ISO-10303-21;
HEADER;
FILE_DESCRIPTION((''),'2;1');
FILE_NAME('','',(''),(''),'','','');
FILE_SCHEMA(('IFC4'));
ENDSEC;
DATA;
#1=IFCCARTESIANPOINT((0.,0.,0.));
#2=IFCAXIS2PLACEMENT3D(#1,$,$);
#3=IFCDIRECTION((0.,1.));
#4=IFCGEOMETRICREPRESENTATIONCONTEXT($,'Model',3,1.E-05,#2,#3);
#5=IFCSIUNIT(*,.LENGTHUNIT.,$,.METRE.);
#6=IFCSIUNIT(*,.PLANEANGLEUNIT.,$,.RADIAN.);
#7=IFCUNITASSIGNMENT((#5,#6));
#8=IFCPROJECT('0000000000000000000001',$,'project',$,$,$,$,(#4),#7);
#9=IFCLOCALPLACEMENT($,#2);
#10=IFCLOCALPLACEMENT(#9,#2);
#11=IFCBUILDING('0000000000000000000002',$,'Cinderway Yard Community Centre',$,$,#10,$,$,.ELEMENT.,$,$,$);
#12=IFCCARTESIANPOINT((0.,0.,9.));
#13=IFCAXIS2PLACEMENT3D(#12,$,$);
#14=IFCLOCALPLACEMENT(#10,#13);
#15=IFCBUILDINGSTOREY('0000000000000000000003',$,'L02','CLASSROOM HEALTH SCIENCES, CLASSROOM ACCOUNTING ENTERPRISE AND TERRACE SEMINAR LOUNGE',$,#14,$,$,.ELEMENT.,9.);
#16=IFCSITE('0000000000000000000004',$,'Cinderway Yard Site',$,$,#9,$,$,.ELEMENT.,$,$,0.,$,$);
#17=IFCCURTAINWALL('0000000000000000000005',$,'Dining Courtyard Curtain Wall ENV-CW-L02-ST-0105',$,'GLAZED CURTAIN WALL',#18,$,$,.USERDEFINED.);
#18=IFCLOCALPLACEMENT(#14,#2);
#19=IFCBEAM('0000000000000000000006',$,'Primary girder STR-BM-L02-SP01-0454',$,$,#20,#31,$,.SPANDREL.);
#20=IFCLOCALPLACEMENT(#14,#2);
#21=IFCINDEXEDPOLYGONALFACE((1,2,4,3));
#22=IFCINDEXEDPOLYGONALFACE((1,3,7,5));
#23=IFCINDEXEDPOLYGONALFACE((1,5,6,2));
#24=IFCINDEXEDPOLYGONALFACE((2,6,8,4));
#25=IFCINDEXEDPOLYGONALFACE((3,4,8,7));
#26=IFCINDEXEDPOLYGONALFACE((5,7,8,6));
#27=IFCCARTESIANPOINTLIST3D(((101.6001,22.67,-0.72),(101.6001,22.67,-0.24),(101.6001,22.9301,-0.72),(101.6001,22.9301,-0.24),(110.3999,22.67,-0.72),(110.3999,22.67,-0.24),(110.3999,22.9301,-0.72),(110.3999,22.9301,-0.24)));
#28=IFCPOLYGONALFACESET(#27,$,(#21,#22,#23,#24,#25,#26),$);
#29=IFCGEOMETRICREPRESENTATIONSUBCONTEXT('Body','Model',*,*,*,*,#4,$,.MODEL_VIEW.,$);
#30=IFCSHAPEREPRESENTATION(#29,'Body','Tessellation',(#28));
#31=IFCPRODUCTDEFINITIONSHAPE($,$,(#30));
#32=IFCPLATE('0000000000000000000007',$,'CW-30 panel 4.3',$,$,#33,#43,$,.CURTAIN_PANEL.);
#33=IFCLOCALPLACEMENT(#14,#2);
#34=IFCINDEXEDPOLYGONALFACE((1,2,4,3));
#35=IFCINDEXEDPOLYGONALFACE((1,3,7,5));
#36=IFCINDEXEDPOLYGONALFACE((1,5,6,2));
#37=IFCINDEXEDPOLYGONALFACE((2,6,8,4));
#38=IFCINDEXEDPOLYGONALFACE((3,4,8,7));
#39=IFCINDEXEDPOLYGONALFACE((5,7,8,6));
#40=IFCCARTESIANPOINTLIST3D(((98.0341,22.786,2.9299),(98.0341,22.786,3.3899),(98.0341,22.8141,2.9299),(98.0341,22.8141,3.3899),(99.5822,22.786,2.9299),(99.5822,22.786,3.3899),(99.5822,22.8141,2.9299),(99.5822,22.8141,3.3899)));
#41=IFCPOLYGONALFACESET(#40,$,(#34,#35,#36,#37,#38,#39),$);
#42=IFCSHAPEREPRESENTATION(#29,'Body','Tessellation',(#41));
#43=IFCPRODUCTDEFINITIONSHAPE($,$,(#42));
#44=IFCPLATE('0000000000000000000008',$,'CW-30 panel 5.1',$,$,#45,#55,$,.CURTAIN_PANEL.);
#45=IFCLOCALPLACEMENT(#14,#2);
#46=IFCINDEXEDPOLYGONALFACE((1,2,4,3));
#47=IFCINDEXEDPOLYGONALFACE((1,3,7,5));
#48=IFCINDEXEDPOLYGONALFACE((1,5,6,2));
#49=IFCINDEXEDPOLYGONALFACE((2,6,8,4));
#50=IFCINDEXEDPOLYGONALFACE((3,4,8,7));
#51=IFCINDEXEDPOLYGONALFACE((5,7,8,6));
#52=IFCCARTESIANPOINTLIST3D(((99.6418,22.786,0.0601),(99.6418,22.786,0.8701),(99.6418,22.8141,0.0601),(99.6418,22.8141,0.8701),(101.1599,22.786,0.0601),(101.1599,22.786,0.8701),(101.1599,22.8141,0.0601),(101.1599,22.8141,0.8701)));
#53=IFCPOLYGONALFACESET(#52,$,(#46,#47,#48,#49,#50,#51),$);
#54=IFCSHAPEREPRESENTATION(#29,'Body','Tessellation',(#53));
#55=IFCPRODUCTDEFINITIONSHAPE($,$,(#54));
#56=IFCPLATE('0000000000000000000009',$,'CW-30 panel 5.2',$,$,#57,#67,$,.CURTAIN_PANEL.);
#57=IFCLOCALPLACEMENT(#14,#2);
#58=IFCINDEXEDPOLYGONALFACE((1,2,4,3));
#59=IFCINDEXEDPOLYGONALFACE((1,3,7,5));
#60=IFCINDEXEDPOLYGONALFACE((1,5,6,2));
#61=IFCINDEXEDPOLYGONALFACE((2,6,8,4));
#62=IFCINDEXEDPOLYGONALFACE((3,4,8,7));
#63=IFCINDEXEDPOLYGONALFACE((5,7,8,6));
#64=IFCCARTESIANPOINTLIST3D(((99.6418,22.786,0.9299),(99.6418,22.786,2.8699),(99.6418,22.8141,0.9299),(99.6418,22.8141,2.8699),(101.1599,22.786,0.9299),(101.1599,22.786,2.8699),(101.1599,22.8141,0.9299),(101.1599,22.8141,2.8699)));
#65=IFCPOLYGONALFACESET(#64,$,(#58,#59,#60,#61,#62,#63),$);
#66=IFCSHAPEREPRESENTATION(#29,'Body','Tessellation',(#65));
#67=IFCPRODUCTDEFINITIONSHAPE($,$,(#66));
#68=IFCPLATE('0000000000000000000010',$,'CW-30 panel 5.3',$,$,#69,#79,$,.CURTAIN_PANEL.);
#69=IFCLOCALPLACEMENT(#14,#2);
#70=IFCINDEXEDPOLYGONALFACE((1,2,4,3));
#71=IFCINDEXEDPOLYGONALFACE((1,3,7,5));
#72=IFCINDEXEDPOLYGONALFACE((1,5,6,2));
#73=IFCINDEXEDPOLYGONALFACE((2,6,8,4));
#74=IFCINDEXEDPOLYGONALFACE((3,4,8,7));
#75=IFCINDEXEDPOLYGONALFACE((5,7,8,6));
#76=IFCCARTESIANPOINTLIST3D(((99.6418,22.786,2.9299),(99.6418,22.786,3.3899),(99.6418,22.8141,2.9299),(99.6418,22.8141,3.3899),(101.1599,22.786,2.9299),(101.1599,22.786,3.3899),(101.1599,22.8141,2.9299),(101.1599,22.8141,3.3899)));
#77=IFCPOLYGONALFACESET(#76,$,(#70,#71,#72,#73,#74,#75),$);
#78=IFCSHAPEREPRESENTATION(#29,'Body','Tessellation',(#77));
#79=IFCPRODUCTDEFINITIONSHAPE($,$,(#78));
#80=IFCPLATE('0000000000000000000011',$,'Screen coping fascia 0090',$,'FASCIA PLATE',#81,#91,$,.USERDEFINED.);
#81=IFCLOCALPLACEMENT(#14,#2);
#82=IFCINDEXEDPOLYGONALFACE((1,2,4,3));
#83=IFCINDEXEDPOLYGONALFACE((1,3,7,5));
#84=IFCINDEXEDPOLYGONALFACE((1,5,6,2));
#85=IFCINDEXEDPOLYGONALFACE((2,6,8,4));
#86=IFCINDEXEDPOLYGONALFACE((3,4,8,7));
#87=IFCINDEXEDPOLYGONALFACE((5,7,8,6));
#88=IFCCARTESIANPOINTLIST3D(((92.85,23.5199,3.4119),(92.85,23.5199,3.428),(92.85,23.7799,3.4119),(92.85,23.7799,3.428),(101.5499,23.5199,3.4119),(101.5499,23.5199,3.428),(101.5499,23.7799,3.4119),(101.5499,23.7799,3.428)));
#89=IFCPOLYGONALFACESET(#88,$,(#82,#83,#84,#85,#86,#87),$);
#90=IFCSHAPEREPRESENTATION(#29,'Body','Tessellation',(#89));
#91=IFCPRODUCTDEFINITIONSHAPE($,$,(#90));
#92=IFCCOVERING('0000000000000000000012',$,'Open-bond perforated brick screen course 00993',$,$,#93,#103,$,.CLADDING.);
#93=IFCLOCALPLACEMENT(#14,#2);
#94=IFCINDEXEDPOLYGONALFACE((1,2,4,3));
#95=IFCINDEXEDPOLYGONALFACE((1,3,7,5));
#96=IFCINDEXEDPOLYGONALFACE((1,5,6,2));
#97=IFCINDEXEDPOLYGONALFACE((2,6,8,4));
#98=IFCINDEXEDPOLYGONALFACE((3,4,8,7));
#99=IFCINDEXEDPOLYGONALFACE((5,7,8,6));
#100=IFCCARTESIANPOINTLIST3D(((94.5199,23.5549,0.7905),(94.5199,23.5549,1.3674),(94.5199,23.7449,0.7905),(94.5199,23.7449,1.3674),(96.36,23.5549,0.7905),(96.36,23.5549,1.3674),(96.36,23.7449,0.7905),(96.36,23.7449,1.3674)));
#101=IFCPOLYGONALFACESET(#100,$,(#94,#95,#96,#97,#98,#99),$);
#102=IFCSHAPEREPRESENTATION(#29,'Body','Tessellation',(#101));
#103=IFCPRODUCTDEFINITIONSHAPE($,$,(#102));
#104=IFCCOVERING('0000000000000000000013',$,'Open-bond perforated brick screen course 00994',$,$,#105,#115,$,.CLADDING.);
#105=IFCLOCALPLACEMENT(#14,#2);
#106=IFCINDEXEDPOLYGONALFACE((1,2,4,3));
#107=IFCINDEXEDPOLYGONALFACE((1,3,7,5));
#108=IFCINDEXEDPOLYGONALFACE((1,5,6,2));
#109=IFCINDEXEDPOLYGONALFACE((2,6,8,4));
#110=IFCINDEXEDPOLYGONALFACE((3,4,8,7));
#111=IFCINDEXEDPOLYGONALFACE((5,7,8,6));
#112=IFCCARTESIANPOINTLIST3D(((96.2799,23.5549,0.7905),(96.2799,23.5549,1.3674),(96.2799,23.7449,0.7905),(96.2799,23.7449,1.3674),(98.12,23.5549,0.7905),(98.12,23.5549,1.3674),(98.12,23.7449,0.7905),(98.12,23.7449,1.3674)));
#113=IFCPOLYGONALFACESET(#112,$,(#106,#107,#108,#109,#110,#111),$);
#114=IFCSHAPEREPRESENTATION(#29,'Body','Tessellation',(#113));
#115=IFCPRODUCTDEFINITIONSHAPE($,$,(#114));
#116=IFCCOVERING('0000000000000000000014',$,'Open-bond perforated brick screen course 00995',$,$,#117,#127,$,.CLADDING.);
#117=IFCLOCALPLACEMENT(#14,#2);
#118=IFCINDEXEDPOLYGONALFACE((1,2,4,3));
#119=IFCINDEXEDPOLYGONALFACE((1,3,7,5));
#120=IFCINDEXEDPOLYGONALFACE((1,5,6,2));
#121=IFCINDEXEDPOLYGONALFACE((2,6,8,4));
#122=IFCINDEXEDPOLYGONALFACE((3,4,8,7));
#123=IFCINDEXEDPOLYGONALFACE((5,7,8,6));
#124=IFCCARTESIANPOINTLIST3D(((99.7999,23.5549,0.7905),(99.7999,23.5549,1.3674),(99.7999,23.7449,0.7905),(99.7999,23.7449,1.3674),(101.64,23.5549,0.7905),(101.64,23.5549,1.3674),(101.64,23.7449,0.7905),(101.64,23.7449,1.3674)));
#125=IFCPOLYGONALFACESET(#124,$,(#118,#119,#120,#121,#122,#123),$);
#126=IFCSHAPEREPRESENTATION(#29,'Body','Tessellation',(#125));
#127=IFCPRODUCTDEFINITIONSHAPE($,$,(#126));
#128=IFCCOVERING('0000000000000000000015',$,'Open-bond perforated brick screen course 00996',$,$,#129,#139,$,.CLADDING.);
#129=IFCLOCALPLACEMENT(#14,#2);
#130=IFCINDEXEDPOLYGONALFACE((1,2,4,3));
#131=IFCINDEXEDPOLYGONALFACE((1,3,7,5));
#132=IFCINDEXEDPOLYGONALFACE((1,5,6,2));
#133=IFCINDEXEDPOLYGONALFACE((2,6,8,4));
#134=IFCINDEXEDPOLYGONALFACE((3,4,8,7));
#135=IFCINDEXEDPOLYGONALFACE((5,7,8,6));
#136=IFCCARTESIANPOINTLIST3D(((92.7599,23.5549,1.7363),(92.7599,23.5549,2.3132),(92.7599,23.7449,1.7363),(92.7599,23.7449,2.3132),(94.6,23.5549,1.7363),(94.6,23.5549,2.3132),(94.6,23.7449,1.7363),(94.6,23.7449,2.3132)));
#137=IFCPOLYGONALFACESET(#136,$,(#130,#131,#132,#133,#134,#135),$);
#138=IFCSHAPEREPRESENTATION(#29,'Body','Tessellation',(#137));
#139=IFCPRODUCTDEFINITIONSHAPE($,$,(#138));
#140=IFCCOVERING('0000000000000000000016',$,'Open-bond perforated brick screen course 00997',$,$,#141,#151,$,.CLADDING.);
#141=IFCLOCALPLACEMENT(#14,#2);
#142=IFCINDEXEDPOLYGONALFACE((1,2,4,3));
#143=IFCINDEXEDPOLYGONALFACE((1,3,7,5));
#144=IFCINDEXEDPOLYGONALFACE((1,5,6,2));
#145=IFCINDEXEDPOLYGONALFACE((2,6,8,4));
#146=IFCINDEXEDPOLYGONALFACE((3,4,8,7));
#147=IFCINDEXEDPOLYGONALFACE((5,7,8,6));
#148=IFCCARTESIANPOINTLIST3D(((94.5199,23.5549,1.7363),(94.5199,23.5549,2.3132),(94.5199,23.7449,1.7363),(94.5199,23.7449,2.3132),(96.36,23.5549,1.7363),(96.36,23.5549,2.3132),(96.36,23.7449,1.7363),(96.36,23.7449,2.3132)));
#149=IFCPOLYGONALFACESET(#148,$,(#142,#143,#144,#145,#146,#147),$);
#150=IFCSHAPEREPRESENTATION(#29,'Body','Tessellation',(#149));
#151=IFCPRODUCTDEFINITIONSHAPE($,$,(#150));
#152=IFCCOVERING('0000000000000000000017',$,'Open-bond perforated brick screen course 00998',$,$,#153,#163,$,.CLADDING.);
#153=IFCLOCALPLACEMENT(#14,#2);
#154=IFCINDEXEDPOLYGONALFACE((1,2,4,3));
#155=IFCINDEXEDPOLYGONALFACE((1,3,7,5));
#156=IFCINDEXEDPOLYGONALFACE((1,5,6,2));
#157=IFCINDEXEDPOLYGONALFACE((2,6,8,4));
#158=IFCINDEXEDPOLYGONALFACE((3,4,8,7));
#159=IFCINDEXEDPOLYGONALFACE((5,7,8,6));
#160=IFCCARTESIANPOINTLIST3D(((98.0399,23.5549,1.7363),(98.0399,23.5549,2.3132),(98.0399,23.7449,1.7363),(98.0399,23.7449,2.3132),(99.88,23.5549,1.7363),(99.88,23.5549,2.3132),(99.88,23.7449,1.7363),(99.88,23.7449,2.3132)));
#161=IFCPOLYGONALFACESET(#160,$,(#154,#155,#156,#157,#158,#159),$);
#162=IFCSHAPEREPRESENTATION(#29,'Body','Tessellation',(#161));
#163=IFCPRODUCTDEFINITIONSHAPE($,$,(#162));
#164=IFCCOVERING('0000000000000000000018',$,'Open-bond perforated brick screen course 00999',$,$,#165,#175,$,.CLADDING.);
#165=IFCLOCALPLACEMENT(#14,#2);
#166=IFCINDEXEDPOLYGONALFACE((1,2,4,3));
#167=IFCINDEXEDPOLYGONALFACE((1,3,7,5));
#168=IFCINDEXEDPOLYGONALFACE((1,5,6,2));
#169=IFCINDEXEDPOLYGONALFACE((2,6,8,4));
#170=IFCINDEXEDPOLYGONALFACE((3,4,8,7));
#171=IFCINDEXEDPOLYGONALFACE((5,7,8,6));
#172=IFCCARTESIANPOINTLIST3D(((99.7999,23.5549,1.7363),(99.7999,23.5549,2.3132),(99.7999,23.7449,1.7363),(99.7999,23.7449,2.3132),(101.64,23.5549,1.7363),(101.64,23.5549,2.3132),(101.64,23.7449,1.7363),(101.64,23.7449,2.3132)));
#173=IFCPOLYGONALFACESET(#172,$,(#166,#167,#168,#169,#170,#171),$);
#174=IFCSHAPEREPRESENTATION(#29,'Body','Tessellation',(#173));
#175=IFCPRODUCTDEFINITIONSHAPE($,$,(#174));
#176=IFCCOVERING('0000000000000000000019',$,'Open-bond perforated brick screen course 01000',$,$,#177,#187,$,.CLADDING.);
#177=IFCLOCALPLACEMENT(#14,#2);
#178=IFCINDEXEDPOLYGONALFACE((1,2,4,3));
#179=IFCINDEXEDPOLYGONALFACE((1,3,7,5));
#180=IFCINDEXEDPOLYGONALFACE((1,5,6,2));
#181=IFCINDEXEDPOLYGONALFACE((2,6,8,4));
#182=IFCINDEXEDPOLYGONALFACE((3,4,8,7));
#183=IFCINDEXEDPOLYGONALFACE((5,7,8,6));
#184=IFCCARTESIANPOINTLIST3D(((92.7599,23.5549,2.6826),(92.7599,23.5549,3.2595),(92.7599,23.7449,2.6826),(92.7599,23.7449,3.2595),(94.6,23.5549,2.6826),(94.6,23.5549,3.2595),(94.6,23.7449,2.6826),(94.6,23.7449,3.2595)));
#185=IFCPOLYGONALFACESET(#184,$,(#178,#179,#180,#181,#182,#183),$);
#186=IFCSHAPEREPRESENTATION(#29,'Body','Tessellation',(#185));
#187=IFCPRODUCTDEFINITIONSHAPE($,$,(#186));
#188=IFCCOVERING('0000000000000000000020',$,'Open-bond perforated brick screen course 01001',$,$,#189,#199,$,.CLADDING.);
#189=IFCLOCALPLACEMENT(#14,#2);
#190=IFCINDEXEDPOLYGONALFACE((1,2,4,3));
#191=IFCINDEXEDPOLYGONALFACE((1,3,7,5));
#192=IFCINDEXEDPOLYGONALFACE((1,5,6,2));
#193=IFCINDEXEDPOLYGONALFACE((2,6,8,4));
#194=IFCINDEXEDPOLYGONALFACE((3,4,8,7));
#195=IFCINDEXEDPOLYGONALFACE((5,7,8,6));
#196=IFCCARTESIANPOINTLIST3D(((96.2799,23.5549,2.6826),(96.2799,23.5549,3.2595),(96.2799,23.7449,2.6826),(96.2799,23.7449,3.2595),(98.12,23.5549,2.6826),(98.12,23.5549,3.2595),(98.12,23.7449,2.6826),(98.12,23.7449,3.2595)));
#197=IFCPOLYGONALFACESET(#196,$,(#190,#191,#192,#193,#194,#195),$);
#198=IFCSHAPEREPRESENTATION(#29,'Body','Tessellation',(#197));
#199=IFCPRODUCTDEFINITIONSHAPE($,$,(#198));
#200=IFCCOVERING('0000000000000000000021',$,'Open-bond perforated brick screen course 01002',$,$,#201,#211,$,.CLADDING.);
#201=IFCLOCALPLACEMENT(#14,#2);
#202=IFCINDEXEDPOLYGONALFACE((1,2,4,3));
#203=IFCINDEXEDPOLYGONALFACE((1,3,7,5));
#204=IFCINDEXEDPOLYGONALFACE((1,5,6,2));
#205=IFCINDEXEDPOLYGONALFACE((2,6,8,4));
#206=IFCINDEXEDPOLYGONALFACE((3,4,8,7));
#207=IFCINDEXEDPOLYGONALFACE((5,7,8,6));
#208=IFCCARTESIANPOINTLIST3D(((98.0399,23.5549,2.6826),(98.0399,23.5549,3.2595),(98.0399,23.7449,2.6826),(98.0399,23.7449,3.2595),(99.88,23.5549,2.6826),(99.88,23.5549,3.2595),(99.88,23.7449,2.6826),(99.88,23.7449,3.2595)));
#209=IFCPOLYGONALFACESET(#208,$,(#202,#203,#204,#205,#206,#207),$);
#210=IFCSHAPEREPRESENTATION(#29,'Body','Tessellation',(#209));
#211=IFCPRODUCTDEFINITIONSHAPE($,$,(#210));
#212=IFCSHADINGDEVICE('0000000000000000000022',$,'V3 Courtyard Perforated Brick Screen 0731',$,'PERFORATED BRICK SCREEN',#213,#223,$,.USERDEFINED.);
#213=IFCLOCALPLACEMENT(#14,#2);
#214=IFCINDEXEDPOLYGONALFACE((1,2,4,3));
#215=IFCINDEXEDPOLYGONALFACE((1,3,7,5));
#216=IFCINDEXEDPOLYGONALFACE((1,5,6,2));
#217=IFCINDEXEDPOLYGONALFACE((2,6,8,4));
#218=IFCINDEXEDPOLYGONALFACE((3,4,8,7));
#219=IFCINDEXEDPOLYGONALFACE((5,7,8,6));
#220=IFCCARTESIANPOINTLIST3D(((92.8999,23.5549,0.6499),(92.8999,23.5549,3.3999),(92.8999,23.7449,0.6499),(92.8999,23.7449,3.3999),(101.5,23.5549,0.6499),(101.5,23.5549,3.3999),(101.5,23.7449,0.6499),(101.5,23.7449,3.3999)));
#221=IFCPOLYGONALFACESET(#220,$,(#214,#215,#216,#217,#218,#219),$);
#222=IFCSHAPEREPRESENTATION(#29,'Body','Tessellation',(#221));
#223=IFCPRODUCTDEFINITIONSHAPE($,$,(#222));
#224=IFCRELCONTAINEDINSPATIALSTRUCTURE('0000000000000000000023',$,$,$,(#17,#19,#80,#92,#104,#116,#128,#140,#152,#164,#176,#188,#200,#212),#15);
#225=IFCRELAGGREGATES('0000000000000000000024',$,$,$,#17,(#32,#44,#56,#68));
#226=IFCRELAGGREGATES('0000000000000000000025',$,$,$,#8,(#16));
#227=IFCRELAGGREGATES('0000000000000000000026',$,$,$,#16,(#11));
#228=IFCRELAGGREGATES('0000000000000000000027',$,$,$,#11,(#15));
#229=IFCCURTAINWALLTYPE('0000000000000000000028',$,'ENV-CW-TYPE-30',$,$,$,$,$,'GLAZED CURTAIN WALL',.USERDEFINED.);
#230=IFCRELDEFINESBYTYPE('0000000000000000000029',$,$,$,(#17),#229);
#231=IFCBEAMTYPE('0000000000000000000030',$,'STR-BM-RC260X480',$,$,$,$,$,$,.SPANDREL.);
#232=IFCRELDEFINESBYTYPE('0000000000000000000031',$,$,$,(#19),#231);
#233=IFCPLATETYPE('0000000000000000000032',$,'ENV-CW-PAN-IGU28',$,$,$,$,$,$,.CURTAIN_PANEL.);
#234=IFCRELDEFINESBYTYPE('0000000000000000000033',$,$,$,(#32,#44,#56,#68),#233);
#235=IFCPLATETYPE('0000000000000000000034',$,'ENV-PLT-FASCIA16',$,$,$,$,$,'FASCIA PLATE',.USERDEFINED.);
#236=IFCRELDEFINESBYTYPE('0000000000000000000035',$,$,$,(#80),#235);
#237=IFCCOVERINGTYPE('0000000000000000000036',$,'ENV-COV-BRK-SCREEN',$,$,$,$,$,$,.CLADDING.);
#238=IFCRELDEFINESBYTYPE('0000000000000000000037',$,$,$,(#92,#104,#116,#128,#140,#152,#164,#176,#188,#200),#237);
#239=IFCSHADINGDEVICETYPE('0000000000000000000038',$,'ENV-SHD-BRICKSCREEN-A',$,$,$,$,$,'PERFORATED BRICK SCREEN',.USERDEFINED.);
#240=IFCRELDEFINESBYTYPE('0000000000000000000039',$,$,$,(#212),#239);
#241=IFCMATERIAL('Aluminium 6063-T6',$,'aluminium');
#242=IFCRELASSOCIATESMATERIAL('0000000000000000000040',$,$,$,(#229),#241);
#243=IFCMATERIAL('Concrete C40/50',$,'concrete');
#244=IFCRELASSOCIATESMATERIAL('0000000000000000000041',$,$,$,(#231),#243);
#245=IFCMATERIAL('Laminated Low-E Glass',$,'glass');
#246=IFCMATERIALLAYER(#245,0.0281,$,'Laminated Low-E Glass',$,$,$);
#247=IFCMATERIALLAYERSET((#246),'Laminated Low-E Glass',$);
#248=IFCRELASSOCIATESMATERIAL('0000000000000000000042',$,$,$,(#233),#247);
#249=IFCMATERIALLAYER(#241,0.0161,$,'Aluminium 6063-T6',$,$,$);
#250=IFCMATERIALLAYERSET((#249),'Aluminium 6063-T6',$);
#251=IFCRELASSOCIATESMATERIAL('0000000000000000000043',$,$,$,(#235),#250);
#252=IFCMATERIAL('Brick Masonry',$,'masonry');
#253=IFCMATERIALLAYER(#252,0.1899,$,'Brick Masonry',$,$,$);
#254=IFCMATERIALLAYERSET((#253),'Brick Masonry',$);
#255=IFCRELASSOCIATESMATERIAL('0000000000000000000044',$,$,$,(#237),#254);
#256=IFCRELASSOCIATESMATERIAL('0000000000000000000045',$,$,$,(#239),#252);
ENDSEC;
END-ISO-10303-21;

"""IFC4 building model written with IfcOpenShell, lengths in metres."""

from ifc_helpers import new_model, si_unit, direction, frame, origin, origin_2d, place, context, subcontext, project, spatial, rectangle, extrude, material, layer, layer_set, material_profile, profile_set, type_object, element, aggregate, save


model = new_model("IFC4")

# Units and contexts
model_context = context("Model", 3, precision=1e-05, world=origin(), true_north=direction((0.0, 1.0)))
body_context = subcontext(model_context, "Body", "Model", "MODEL_VIEW")
ifc_project = project(units=[si_unit("LENGTHUNIT", "METRE"), si_unit("PLANEANGLEUNIT", "RADIAN")], contexts=[model_context])

# Site, building, storey
site_placement = place(None, origin())
site = spatial("IfcSite", under=ifc_project, at=site_placement, Name="Cinderway Yard Site", CompositionType="ELEMENT", RefElevation=0.0)
building_placement = place(site_placement, origin())
building = spatial("IfcBuilding", under=site, at=building_placement, Name="Cinderway Yard Community Centre", CompositionType="ELEMENT")
storey_placement = place(building_placement, frame((0.0, 0.0, 9.0)))
storey = spatial("IfcBuildingStorey", under=building, at=storey_placement, Name="L02", Description="CLASSROOM HEALTH SCIENCES, CLASSROOM ACCOUNTING ENTERPRISE AND TERRACE SEMINAR LOUNGE", CompositionType="ELEMENT", Elevation=9.0)

# Shared definitions
ifc_material_1 = material(Name="Concrete C40/50", Category="concrete")

# Curtain wall
ifc_material_2 = material(Name="Aluminium 6063-T6", Category="aluminium")
curtain_wall_type = type_object("IfcCurtainWallType", Name="ENV-CW-TYPE-30", ElementType="GLAZED CURTAIN WALL", PredefinedType="USERDEFINED", material=ifc_material_2)
curtain_wall_placement = place(storey_placement, origin())
curtain_wall = element("IfcCurtainWall", 1, at=curtain_wall_placement, inside=storey, type_object=curtain_wall_type, Name="Dining Courtyard Curtain Wall ENV-CW-L02-ST-0105", ObjectType="GLAZED CURTAIN WALL", PredefinedType="USERDEFINED")

# Beam
ifc_material_profile_1 = material_profile(ifc_material_1, rectangle(XDim=0.26, YDim=0.48, at=origin_2d()), Name="Concrete C40/50")
ifc_profile_set_1 = profile_set([ifc_material_profile_1], Name="Concrete C40/50")
beam_type = type_object("IfcBeamType", Name="STR-BM-RC260X480", PredefinedType="SPANDREL", material=ifc_profile_set_1)
beam_placement = place(storey_placement, frame((101.6001, 22.8, -0.48), z_axis=(1.0, 0.0, 0.0), x_axis=(0.0, 1.0, 0.0)))
element("IfcBeam", 2, at=beam_placement, inside=storey, type_object=beam_type, Name="Primary girder STR-BM-L02-SP01-0454", PredefinedType="SPANDREL", context=body_context, shape_type="SweptSolid", body=[
    extrude(rectangle(XDim=0.26, YDim=0.48, at=origin_2d()), origin(), (0.0, 0.0, 1.0), 8.7998),
])

# Plates
ifc_material_3 = material(Name="Laminated Low-E Glass", Category="glass")
ifc_layer_1 = layer(ifc_material_3, 0.0281, Name="Laminated Low-E Glass")
ifc_layer_set_1 = layer_set([ifc_layer_1], Name="Laminated Low-E Glass")
plate_type_1 = type_object("IfcPlateType", Name="ENV-CW-PAN-IGU28", PredefinedType="CURTAIN_PANEL", material=ifc_layer_set_1)
plate_1_placement = place(storey_placement, frame((98.8081, 22.8, 2.9299), z_axis=(0.0, 0.0, 1.0), x_axis=(1.0, 0.0, 0.0)))
plate_1 = element("IfcPlate", 3, at=plate_1_placement, type_object=plate_type_1, Name="CW-30 panel 4.3", PredefinedType="CURTAIN_PANEL", context=body_context, shape_type="SweptSolid", body=[
    extrude(rectangle(XDim=1.5481, YDim=0.0281, at=origin_2d()), origin(), (0.0, 0.0, 1.0), 0.46),
])
plate_2_placement = place(storey_placement, frame((100.4009, 22.8, 0.0601), z_axis=(0.0, 0.0, 1.0), x_axis=(1.0, 0.0, 0.0)))
plate_2 = element("IfcPlate", 4, at=plate_2_placement, type_object=plate_type_1, Name="CW-30 panel 5.1", PredefinedType="CURTAIN_PANEL", context=body_context, shape_type="SweptSolid", body=[
    extrude(rectangle(XDim=1.5181, YDim=0.0281, at=origin_2d()), origin(), (0.0, 0.0, 1.0), 0.8101),
])
plate_3_placement = place(storey_placement, frame((100.4009, 22.8, 0.9299), z_axis=(0.0, 0.0, 1.0), x_axis=(1.0, 0.0, 0.0)))
plate_3 = element("IfcPlate", 5, at=plate_3_placement, type_object=plate_type_1, Name="CW-30 panel 5.2", PredefinedType="CURTAIN_PANEL", context=body_context, shape_type="SweptSolid", body=[
    extrude(rectangle(XDim=1.5181, YDim=0.0281, at=origin_2d()), origin(), (0.0, 0.0, 1.0), 1.9399),
])
plate_4_placement = place(storey_placement, frame((100.4009, 22.8, 2.9299), z_axis=(0.0, 0.0, 1.0), x_axis=(1.0, 0.0, 0.0)))
plate_4 = element("IfcPlate", 6, at=plate_4_placement, type_object=plate_type_1, Name="CW-30 panel 5.3", PredefinedType="CURTAIN_PANEL", context=body_context, shape_type="SweptSolid", body=[
    extrude(rectangle(XDim=1.5181, YDim=0.0281, at=origin_2d()), origin(), (0.0, 0.0, 1.0), 0.46),
])
aggregate(curtain_wall, [plate_1, plate_2, plate_3, plate_4])
ifc_layer_2 = layer(ifc_material_2, 0.0161, Name="Aluminium 6063-T6")
ifc_layer_set_2 = layer_set([ifc_layer_2], Name="Aluminium 6063-T6")
plate_type_2 = type_object("IfcPlateType", Name="ENV-PLT-FASCIA16", ElementType="FASCIA PLATE", PredefinedType="USERDEFINED", material=ifc_layer_set_2)
plate_5_placement = place(storey_placement, frame((97.2, 23.6499, 3.4119), z_axis=(0.0, 0.0, 1.0), x_axis=(1.0, 0.0, 0.0)))
element("IfcPlate", 7, at=plate_5_placement, inside=storey, type_object=plate_type_2, Name="Screen coping fascia 0090", ObjectType="FASCIA PLATE", PredefinedType="USERDEFINED", context=body_context, shape_type="SweptSolid", body=[
    extrude(rectangle(XDim=8.7, YDim=0.26, at=origin_2d()), origin(), (0.0, 0.0, 1.0), 0.0161),
])

# Coverings
ifc_material_4 = material(Name="Brick Masonry", Category="masonry")
ifc_layer_3 = layer(ifc_material_4, 0.1899, Name="Brick Masonry")
ifc_layer_set_3 = layer_set([ifc_layer_3], Name="Brick Masonry")
covering_type = type_object("IfcCoveringType", Name="ENV-COV-BRK-SCREEN", PredefinedType="CLADDING", material=ifc_layer_set_3)
for number, where, z_axis, x_axis, name in (
    (8, (95.4399, 23.6499, 0.7905), (0.0, 0.0, 1.0), (1.0, 0.0, 0.0), "Open-bond perforated brick screen course 00993"),
    (9, (97.2, 23.6499, 0.7905), (0.0, 0.0, 1.0), (1.0, 0.0, 0.0), "Open-bond perforated brick screen course 00994"),
    (10, (100.72, 23.6499, 0.7905), (0.0, 0.0, 1.0), (1.0, 0.0, 0.0), "Open-bond perforated brick screen course 00995"),
    (11, (93.6799, 23.6499, 1.7363), (0.0, 0.0, 1.0), (1.0, 0.0, 0.0), "Open-bond perforated brick screen course 00996"),
    (12, (95.4399, 23.6499, 1.7363), (0.0, 0.0, 1.0), (1.0, 0.0, 0.0), "Open-bond perforated brick screen course 00997"),
    (13, (98.96, 23.6499, 1.7363), (0.0, 0.0, 1.0), (1.0, 0.0, 0.0), "Open-bond perforated brick screen course 00998"),
    (14, (100.72, 23.6499, 1.7363), (0.0, 0.0, 1.0), (1.0, 0.0, 0.0), "Open-bond perforated brick screen course 00999"),
    (15, (93.6799, 23.6499, 2.6826), (0.0, 0.0, 1.0), (1.0, 0.0, 0.0), "Open-bond perforated brick screen course 01000"),
    (16, (97.2, 23.6499, 2.6826), (0.0, 0.0, 1.0), (1.0, 0.0, 0.0), "Open-bond perforated brick screen course 01001"),
    (17, (98.96, 23.6499, 2.6826), (0.0, 0.0, 1.0), (1.0, 0.0, 0.0), "Open-bond perforated brick screen course 01002"),
):
    element("IfcCovering", number, at=place(storey_placement, frame(where, z_axis=z_axis, x_axis=x_axis)), inside=storey, type_object=covering_type, Name=name, PredefinedType="CLADDING", context=body_context, shape_type="SweptSolid", body=[
        extrude(rectangle(XDim=1.8401, YDim=0.1899, at=origin_2d()), origin(), (0.0, 0.0, 1.0), 0.5769),
    ])

# Shading device
shading_device_type = type_object("IfcShadingDeviceType", Name="ENV-SHD-BRICKSCREEN-A", ElementType="PERFORATED BRICK SCREEN", PredefinedType="USERDEFINED", material=ifc_material_4)
shading_device_placement = place(storey_placement, frame((97.2, 23.6499, 0.6499), z_axis=(0.0, 0.0, 1.0), x_axis=(1.0, 0.0, 0.0)))
element("IfcShadingDevice", 18, at=shading_device_placement, inside=storey, type_object=shading_device_type, Name="V3 Courtyard Perforated Brick Screen 0731", ObjectType="PERFORATED BRICK SCREEN", PredefinedType="USERDEFINED", context=body_context, shape_type="SweptSolid", body=[
    extrude(rectangle(XDim=8.6001, YDim=0.1899, at=origin_2d()), origin(), (0.0, 0.0, 1.0), 2.75),
])

save(model, "model.ifc")
